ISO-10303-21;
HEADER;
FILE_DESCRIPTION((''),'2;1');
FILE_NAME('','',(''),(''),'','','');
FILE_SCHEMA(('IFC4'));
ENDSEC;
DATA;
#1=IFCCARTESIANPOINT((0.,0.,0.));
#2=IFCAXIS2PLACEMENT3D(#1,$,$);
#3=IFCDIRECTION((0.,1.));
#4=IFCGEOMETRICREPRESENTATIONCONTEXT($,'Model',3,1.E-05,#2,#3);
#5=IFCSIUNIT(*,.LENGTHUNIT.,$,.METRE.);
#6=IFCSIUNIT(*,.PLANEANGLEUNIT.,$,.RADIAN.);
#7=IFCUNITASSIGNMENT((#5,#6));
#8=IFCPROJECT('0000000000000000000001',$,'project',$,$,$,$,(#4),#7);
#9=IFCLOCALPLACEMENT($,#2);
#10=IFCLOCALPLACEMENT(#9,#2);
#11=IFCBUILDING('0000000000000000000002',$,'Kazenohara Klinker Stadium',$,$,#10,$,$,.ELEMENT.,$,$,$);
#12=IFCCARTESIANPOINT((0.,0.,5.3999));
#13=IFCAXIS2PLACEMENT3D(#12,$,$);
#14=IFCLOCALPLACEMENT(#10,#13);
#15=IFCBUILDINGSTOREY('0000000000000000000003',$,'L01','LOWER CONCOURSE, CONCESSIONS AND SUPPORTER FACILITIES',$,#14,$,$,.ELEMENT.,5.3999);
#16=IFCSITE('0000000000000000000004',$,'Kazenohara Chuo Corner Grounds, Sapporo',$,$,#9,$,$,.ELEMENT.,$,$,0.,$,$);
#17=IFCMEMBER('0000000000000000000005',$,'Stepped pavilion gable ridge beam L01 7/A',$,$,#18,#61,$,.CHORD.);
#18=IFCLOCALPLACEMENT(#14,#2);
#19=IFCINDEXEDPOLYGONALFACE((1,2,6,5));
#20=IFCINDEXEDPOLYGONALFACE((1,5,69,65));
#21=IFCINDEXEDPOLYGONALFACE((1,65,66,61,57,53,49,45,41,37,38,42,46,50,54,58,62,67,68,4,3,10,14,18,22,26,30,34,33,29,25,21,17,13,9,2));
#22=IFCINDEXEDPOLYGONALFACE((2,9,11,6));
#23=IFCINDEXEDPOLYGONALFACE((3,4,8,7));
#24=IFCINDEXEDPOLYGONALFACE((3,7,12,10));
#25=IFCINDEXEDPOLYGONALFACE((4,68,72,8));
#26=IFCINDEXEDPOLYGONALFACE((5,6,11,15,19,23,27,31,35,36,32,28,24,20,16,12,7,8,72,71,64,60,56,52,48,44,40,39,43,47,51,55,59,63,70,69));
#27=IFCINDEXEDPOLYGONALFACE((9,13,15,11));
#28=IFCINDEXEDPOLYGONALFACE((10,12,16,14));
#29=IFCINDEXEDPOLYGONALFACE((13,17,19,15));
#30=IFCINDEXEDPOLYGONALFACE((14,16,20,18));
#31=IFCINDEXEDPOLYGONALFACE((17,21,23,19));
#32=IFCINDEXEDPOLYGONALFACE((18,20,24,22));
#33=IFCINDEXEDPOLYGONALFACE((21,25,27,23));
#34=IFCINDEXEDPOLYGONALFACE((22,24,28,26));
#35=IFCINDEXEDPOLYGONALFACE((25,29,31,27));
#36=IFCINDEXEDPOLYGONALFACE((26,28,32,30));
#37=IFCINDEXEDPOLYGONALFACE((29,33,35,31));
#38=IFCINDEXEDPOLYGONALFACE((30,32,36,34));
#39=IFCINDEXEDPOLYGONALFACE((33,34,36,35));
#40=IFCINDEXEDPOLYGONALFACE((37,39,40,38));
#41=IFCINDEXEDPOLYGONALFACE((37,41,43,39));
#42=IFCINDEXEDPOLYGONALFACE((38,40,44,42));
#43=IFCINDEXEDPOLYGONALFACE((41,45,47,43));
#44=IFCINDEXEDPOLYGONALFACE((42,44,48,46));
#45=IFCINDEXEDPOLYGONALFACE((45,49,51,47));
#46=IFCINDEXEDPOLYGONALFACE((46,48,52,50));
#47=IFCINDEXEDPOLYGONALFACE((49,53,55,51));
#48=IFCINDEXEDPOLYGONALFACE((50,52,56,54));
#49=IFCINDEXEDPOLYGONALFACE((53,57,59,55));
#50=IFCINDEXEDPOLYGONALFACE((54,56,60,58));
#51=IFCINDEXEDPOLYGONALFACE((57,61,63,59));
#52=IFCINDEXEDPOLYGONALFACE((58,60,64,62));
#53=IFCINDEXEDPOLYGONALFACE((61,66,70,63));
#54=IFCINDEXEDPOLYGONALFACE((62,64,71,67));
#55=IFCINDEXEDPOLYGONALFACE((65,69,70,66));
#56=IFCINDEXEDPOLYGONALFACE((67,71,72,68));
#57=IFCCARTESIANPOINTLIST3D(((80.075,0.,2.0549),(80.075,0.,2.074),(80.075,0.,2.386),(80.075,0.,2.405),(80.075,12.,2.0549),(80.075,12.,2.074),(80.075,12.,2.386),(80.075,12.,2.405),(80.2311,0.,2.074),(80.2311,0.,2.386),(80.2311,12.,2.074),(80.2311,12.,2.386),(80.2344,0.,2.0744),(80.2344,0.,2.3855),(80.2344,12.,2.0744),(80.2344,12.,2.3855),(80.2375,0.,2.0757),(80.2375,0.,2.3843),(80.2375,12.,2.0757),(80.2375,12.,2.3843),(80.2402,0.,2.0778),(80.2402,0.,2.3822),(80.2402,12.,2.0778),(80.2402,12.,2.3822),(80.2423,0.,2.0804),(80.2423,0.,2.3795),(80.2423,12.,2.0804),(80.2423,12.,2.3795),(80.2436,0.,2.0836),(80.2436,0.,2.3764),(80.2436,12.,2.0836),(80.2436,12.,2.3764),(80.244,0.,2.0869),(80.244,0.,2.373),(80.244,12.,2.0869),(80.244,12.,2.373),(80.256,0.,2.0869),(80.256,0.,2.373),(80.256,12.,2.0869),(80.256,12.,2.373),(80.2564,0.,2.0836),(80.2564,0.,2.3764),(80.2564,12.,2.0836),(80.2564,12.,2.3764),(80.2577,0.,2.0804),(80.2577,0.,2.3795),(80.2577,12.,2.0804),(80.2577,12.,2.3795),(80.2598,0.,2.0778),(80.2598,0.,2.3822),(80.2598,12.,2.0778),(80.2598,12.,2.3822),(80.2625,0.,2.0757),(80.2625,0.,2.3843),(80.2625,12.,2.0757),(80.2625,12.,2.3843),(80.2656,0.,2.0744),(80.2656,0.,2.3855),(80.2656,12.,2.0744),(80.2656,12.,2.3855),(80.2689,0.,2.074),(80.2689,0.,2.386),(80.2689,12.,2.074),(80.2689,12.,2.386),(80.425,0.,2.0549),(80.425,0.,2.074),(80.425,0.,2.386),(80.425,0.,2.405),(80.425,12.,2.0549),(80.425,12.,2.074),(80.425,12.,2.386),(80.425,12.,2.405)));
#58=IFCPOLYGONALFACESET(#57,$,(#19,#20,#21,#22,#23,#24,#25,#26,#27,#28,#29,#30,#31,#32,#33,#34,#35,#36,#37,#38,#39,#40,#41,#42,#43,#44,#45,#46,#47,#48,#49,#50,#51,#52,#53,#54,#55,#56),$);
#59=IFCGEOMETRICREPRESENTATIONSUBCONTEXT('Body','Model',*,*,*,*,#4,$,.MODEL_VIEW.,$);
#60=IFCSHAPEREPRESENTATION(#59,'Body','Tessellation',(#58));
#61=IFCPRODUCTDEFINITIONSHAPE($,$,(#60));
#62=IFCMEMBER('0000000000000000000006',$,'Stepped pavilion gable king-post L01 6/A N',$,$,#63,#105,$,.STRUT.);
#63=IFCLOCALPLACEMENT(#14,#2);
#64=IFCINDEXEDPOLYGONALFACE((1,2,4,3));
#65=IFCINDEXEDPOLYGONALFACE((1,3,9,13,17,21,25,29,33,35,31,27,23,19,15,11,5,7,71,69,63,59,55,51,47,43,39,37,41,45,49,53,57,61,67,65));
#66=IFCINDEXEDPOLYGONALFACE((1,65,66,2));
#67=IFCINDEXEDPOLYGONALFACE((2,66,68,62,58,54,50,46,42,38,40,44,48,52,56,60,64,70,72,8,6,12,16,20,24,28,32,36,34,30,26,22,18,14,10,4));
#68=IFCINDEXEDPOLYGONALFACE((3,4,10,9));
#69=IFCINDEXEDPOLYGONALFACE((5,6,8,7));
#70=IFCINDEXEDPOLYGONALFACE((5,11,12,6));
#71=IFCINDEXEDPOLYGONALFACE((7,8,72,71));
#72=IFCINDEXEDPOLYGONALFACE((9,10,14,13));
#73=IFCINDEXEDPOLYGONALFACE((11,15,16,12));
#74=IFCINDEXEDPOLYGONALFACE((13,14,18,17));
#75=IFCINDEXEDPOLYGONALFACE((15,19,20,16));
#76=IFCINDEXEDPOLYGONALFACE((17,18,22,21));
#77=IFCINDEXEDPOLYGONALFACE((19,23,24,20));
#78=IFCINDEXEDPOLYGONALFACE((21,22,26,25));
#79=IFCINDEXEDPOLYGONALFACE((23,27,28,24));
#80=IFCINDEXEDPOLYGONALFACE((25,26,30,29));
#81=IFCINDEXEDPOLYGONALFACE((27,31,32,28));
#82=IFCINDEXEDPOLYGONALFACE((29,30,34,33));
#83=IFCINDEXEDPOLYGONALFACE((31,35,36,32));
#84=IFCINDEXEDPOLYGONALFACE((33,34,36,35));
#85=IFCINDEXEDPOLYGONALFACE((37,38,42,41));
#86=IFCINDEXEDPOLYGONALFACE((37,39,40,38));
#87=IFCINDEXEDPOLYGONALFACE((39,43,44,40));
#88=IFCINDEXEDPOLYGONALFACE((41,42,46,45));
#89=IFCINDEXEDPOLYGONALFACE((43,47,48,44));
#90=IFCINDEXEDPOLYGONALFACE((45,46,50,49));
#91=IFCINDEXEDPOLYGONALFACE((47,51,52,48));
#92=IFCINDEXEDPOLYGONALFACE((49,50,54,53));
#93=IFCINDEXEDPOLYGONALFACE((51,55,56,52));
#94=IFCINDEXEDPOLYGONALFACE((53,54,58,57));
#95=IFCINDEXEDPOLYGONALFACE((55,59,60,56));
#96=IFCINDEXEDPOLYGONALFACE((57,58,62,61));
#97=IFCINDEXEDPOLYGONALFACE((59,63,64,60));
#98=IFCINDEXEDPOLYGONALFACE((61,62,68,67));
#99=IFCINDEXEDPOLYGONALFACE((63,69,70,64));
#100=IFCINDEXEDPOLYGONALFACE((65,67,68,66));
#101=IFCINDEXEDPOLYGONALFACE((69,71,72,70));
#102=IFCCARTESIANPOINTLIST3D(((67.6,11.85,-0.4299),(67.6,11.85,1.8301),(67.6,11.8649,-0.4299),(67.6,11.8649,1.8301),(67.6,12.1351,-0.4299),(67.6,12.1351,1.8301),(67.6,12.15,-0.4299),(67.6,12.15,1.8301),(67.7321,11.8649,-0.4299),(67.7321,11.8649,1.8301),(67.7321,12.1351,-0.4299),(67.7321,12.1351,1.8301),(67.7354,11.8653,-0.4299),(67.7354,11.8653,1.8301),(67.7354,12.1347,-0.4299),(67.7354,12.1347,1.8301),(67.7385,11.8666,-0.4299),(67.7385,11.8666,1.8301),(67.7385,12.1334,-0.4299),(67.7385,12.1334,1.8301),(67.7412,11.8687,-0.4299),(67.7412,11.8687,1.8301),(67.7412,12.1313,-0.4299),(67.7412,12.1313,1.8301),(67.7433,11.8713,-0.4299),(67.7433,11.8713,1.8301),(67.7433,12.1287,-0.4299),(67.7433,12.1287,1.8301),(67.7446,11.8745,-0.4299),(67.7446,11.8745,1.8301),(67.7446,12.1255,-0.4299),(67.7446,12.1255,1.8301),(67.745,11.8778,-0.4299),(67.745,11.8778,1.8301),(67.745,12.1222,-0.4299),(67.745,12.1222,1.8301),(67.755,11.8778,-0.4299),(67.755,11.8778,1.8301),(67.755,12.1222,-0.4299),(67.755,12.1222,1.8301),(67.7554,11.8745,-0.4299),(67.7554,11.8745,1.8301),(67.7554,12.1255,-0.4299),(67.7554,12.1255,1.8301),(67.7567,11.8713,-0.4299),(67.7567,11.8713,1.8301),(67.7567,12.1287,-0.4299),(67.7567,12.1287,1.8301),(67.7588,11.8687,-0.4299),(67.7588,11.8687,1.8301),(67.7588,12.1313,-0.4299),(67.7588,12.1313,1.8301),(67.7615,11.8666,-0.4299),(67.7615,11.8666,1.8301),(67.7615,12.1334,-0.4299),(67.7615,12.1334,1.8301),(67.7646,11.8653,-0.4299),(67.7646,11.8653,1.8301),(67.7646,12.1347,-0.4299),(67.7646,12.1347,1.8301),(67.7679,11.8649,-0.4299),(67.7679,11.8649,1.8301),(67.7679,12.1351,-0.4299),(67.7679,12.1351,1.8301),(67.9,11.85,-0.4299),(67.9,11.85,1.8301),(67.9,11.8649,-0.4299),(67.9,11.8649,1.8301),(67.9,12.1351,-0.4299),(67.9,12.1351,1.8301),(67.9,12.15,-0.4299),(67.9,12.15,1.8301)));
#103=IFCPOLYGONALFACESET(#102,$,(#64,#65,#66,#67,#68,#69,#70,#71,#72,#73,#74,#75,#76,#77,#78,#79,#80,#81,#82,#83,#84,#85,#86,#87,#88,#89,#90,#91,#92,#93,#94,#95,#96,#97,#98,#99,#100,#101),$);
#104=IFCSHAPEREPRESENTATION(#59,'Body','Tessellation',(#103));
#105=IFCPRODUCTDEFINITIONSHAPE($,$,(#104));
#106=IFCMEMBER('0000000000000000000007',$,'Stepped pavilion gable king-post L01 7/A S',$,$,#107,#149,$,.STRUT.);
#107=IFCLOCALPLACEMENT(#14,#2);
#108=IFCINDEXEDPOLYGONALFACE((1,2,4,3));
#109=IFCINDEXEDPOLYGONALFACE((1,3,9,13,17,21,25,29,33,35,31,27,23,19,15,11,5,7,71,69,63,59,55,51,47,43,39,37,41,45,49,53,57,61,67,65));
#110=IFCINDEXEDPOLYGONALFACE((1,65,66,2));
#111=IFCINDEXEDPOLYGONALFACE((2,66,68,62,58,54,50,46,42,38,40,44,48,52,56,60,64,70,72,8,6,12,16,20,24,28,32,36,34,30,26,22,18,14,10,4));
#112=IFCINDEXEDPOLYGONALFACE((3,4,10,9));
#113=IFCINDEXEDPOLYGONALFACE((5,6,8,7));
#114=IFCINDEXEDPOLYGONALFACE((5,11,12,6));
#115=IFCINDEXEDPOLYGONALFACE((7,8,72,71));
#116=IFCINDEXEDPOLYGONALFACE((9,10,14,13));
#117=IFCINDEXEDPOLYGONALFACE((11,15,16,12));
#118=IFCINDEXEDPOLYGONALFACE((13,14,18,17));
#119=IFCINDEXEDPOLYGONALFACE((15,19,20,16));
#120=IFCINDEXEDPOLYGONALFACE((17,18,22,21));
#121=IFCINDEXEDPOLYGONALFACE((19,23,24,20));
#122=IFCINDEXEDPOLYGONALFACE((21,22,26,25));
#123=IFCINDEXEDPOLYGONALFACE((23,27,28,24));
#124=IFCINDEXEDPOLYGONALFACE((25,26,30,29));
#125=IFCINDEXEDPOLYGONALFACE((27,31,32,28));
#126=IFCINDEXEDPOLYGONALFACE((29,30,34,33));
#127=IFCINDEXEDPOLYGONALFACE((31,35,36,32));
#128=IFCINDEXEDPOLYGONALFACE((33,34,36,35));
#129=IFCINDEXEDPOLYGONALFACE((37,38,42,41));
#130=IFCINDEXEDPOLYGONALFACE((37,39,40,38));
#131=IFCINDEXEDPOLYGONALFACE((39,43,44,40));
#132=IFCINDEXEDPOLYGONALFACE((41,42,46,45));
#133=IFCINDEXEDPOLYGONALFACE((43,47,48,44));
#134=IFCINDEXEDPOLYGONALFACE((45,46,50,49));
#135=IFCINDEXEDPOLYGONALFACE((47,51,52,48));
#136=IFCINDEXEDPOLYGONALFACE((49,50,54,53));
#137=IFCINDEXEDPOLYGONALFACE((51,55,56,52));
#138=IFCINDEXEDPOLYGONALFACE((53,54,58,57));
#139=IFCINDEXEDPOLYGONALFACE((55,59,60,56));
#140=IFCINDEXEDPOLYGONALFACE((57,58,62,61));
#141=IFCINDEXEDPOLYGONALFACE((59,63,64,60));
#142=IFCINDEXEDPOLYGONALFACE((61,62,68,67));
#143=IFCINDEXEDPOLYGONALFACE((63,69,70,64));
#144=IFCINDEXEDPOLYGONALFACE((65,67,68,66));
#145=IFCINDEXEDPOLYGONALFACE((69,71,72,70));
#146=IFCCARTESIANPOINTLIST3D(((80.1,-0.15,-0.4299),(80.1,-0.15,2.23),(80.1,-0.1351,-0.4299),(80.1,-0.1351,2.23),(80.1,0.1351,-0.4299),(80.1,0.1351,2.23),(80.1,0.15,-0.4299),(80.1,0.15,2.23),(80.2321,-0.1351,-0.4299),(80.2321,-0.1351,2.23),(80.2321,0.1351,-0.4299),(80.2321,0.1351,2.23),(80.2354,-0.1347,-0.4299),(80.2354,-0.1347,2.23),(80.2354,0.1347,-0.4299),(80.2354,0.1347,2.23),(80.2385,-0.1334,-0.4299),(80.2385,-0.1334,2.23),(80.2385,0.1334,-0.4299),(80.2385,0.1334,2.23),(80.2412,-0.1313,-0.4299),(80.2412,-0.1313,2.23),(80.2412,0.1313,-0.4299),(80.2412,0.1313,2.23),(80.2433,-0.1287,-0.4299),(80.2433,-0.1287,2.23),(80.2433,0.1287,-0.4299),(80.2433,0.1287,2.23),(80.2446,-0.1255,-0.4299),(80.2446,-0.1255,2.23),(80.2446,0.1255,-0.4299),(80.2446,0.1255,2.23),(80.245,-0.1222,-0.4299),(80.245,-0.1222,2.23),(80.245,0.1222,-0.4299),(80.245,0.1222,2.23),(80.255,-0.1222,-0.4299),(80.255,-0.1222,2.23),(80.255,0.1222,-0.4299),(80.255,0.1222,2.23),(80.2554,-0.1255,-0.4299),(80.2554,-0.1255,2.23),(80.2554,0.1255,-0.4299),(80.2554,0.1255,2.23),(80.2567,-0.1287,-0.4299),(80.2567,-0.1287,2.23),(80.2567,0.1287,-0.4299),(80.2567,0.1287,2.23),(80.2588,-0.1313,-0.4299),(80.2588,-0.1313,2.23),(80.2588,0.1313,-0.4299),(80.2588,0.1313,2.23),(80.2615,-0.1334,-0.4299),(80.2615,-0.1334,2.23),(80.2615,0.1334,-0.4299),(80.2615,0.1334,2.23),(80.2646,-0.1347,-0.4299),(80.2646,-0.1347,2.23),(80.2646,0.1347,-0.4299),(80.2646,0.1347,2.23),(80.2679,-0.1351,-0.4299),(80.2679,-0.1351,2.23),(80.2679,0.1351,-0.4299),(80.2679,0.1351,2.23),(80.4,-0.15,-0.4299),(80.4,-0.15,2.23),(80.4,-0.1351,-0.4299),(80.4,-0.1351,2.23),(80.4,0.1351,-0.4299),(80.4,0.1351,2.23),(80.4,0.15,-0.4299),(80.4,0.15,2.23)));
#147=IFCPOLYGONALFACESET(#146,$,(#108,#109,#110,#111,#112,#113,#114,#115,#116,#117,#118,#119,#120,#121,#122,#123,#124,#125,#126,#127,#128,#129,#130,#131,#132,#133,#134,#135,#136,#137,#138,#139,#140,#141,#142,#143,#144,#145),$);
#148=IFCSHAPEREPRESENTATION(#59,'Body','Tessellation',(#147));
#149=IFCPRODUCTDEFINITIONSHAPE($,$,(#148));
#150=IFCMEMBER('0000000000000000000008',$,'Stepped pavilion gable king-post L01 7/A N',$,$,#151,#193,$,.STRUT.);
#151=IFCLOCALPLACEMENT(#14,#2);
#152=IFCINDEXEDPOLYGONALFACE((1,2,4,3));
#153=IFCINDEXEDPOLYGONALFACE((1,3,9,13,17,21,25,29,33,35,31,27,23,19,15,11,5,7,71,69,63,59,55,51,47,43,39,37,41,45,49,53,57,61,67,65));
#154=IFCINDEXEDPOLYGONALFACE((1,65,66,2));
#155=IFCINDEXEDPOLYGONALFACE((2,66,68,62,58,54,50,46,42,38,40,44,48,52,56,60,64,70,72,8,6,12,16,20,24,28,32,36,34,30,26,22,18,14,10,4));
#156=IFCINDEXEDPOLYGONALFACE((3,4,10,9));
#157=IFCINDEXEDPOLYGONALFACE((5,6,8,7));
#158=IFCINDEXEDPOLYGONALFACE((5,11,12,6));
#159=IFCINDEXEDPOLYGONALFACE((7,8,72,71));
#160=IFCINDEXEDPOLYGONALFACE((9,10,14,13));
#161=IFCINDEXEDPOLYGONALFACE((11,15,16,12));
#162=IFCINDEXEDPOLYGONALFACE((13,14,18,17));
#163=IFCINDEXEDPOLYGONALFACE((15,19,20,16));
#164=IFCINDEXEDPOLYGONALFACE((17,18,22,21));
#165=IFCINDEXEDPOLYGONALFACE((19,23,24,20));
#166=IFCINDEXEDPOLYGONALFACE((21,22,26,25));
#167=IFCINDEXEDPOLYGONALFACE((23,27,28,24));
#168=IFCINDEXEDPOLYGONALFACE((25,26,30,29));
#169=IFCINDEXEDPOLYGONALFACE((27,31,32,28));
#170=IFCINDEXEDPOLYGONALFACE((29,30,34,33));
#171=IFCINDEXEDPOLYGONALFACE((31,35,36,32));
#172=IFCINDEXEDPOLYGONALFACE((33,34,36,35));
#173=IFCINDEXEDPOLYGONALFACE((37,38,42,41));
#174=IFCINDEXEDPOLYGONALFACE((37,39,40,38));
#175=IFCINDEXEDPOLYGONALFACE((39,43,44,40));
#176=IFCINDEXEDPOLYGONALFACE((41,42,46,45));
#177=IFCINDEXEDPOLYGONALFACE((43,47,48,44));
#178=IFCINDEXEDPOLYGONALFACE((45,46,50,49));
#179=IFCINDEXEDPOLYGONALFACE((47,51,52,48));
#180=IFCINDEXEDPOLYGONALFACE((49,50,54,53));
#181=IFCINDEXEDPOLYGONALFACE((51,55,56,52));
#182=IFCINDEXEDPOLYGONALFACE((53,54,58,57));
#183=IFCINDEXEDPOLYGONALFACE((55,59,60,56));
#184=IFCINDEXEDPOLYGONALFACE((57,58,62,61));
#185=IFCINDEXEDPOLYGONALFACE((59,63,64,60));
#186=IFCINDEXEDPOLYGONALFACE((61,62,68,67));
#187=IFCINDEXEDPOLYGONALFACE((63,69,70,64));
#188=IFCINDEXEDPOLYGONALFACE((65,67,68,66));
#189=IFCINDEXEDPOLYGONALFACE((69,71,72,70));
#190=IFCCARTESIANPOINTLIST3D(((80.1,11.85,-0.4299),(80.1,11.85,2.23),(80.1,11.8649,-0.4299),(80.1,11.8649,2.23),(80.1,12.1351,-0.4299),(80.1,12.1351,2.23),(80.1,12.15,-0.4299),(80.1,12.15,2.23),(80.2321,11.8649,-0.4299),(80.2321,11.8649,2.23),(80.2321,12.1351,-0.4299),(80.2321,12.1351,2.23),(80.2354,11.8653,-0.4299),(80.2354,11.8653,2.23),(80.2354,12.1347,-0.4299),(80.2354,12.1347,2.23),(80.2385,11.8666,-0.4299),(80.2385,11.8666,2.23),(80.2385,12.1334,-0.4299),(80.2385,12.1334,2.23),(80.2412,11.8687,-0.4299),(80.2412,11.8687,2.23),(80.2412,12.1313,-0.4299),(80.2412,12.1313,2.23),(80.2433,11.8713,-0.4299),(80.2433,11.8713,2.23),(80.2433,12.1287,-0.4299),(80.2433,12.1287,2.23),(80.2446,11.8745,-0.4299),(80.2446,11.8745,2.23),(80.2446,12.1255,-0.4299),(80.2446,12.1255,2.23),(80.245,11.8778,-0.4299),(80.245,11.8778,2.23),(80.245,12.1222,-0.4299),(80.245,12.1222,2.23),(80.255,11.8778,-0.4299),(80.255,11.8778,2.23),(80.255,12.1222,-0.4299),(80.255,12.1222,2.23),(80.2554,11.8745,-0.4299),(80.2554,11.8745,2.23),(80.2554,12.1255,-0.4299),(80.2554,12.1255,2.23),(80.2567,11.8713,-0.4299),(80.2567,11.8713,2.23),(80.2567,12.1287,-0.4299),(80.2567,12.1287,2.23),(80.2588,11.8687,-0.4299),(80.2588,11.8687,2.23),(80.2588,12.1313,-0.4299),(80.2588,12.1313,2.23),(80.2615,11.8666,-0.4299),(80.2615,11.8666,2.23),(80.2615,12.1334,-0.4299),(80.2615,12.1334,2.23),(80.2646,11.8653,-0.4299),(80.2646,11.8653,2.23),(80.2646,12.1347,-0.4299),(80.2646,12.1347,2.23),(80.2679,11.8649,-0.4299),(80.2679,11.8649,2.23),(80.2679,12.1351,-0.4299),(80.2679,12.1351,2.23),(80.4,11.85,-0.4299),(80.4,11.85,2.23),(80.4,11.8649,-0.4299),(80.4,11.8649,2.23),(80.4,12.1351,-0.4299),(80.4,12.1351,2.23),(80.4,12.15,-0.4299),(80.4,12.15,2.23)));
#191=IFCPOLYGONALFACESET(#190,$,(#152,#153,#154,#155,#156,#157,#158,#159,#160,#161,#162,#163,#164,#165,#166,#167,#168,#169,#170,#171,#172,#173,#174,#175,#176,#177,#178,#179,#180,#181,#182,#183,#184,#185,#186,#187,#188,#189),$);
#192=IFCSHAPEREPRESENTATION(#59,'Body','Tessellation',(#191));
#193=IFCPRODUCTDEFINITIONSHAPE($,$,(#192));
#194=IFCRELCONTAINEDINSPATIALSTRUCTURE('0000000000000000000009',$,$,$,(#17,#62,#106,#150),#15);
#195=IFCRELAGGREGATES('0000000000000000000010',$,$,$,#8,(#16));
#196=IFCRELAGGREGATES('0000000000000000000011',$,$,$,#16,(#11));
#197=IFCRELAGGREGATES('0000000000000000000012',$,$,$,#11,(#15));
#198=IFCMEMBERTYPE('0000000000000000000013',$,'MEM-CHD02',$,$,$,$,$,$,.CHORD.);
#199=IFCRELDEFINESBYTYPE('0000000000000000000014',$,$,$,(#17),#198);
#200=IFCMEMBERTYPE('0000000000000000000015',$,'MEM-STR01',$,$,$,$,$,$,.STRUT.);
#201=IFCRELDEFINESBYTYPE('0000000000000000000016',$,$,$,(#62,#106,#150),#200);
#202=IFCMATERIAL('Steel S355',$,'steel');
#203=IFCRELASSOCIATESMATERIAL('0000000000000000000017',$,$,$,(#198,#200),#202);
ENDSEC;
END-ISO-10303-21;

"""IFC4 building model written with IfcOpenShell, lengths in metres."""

from ifc_helpers import new_model, si_unit, direction, frame, origin, origin_2d, place, context, subcontext, project, spatial, i_section, extrude, material, material_profile, profile_set, type_object, element, save


model = new_model("IFC4")

# Units and contexts
model_context = context("Model", 3, precision=1e-05, world=origin(), true_north=direction((0.0, 1.0)))
body_context = subcontext(model_context, "Body", "Model", "MODEL_VIEW")
ifc_project = project(units=[si_unit("LENGTHUNIT", "METRE"), si_unit("PLANEANGLEUNIT", "RADIAN")], contexts=[model_context])

# Site, building, storey
site_placement = place(None, origin())
site = spatial("IfcSite", under=ifc_project, at=site_placement, Name="Kazenohara Chuo Corner Grounds, Sapporo", CompositionType="ELEMENT", RefElevation=0.0)
building_placement = place(site_placement, origin())
building = spatial("IfcBuilding", under=site, at=building_placement, Name="Kazenohara Klinker Stadium", CompositionType="ELEMENT")
storey_placement = place(building_placement, frame((0.0, 0.0, 5.3999)))
storey = spatial("IfcBuildingStorey", under=building, at=storey_placement, Name="L01", Description="LOWER CONCOURSE, CONCESSIONS AND SUPPORTER FACILITIES", CompositionType="ELEMENT", Elevation=5.3999)

# Shared definitions
ifc_material_1 = material(Name="Steel S355", Category="steel")

# Members
ifc_material_profile_1 = material_profile(ifc_material_1, i_section(OverallWidth=0.3501, OverallDepth=0.3501, WebThickness=0.012, FlangeThickness=0.019, FilletRadius=0.0129, at=origin_2d()), Name="H-350x350x12x19")
ifc_profile_set_1 = profile_set([ifc_material_profile_1], Name="Steel S355")
member_type_1 = type_object("IfcMemberType", Name="MEM-CHD02", PredefinedType="CHORD", material=ifc_profile_set_1)
member_1_placement = place(storey_placement, frame((80.25, 0.0, 2.23), z_axis=(0.0, 1.0, 0.0), x_axis=(-1.0, 0.0, 0.0)))
element("IfcMember", 1, at=member_1_placement, inside=storey, type_object=member_type_1, Name="Stepped pavilion gable ridge beam L01 7/A", PredefinedType="CHORD", context=body_context, shape_type="SweptSolid", body=[
    extrude(i_section(OverallWidth=0.3501, OverallDepth=0.3501, WebThickness=0.012, FlangeThickness=0.019, FilletRadius=0.0129, at=origin_2d()), origin(), (0.0, 0.0, 1.0), 12.0),
])
ifc_material_profile_2 = material_profile(ifc_material_1, i_section(OverallWidth=0.3, OverallDepth=0.3, WebThickness=0.01, FlangeThickness=0.0149, FilletRadius=0.0129, at=origin_2d()), Name="H-300x300x10x15")
ifc_profile_set_2 = profile_set([ifc_material_profile_2], Name="Steel S355")
member_type_2 = type_object("IfcMemberType", Name="MEM-STR01", PredefinedType="STRUT", material=ifc_profile_set_2)
member_2_placement = place(storey_placement, frame((67.75, 12.0, -0.4299), z_axis=(0.0, 0.0, 1.0), x_axis=(1.0, 0.0, 0.0)))
element("IfcMember", 2, at=member_2_placement, inside=storey, type_object=member_type_2, Name="Stepped pavilion gable king-post L01 6/A N", PredefinedType="STRUT", context=body_context, shape_type="SweptSolid", body=[
    extrude(i_section(OverallWidth=0.3, OverallDepth=0.3, WebThickness=0.01, FlangeThickness=0.0149, FilletRadius=0.0129, at=origin_2d()), origin(), (0.0, 0.0, 1.0), 2.26),
])
for number, where, z_axis, x_axis, name in (
    (3, (80.25, 0.0, -0.4299), (0.0, 0.0, 1.0), (1.0, 0.0, 0.0), "Stepped pavilion gable king-post L01 7/A S"),
    (4, (80.25, 12.0, -0.4299), (0.0, 0.0, 1.0), (1.0, 0.0, 0.0), "Stepped pavilion gable king-post L01 7/A N"),
):
    element("IfcMember", number, at=place(storey_placement, frame(where, z_axis=z_axis, x_axis=x_axis)), inside=storey, type_object=member_type_2, Name=name, PredefinedType="STRUT", context=body_context, shape_type="SweptSolid", body=[
        extrude(i_section(OverallWidth=0.3, OverallDepth=0.3, WebThickness=0.01, FlangeThickness=0.0149, FilletRadius=0.0129, at=origin_2d()), origin(), (0.0, 0.0, 1.0), 2.6599),
    ])

save(model, "model.ifc")
